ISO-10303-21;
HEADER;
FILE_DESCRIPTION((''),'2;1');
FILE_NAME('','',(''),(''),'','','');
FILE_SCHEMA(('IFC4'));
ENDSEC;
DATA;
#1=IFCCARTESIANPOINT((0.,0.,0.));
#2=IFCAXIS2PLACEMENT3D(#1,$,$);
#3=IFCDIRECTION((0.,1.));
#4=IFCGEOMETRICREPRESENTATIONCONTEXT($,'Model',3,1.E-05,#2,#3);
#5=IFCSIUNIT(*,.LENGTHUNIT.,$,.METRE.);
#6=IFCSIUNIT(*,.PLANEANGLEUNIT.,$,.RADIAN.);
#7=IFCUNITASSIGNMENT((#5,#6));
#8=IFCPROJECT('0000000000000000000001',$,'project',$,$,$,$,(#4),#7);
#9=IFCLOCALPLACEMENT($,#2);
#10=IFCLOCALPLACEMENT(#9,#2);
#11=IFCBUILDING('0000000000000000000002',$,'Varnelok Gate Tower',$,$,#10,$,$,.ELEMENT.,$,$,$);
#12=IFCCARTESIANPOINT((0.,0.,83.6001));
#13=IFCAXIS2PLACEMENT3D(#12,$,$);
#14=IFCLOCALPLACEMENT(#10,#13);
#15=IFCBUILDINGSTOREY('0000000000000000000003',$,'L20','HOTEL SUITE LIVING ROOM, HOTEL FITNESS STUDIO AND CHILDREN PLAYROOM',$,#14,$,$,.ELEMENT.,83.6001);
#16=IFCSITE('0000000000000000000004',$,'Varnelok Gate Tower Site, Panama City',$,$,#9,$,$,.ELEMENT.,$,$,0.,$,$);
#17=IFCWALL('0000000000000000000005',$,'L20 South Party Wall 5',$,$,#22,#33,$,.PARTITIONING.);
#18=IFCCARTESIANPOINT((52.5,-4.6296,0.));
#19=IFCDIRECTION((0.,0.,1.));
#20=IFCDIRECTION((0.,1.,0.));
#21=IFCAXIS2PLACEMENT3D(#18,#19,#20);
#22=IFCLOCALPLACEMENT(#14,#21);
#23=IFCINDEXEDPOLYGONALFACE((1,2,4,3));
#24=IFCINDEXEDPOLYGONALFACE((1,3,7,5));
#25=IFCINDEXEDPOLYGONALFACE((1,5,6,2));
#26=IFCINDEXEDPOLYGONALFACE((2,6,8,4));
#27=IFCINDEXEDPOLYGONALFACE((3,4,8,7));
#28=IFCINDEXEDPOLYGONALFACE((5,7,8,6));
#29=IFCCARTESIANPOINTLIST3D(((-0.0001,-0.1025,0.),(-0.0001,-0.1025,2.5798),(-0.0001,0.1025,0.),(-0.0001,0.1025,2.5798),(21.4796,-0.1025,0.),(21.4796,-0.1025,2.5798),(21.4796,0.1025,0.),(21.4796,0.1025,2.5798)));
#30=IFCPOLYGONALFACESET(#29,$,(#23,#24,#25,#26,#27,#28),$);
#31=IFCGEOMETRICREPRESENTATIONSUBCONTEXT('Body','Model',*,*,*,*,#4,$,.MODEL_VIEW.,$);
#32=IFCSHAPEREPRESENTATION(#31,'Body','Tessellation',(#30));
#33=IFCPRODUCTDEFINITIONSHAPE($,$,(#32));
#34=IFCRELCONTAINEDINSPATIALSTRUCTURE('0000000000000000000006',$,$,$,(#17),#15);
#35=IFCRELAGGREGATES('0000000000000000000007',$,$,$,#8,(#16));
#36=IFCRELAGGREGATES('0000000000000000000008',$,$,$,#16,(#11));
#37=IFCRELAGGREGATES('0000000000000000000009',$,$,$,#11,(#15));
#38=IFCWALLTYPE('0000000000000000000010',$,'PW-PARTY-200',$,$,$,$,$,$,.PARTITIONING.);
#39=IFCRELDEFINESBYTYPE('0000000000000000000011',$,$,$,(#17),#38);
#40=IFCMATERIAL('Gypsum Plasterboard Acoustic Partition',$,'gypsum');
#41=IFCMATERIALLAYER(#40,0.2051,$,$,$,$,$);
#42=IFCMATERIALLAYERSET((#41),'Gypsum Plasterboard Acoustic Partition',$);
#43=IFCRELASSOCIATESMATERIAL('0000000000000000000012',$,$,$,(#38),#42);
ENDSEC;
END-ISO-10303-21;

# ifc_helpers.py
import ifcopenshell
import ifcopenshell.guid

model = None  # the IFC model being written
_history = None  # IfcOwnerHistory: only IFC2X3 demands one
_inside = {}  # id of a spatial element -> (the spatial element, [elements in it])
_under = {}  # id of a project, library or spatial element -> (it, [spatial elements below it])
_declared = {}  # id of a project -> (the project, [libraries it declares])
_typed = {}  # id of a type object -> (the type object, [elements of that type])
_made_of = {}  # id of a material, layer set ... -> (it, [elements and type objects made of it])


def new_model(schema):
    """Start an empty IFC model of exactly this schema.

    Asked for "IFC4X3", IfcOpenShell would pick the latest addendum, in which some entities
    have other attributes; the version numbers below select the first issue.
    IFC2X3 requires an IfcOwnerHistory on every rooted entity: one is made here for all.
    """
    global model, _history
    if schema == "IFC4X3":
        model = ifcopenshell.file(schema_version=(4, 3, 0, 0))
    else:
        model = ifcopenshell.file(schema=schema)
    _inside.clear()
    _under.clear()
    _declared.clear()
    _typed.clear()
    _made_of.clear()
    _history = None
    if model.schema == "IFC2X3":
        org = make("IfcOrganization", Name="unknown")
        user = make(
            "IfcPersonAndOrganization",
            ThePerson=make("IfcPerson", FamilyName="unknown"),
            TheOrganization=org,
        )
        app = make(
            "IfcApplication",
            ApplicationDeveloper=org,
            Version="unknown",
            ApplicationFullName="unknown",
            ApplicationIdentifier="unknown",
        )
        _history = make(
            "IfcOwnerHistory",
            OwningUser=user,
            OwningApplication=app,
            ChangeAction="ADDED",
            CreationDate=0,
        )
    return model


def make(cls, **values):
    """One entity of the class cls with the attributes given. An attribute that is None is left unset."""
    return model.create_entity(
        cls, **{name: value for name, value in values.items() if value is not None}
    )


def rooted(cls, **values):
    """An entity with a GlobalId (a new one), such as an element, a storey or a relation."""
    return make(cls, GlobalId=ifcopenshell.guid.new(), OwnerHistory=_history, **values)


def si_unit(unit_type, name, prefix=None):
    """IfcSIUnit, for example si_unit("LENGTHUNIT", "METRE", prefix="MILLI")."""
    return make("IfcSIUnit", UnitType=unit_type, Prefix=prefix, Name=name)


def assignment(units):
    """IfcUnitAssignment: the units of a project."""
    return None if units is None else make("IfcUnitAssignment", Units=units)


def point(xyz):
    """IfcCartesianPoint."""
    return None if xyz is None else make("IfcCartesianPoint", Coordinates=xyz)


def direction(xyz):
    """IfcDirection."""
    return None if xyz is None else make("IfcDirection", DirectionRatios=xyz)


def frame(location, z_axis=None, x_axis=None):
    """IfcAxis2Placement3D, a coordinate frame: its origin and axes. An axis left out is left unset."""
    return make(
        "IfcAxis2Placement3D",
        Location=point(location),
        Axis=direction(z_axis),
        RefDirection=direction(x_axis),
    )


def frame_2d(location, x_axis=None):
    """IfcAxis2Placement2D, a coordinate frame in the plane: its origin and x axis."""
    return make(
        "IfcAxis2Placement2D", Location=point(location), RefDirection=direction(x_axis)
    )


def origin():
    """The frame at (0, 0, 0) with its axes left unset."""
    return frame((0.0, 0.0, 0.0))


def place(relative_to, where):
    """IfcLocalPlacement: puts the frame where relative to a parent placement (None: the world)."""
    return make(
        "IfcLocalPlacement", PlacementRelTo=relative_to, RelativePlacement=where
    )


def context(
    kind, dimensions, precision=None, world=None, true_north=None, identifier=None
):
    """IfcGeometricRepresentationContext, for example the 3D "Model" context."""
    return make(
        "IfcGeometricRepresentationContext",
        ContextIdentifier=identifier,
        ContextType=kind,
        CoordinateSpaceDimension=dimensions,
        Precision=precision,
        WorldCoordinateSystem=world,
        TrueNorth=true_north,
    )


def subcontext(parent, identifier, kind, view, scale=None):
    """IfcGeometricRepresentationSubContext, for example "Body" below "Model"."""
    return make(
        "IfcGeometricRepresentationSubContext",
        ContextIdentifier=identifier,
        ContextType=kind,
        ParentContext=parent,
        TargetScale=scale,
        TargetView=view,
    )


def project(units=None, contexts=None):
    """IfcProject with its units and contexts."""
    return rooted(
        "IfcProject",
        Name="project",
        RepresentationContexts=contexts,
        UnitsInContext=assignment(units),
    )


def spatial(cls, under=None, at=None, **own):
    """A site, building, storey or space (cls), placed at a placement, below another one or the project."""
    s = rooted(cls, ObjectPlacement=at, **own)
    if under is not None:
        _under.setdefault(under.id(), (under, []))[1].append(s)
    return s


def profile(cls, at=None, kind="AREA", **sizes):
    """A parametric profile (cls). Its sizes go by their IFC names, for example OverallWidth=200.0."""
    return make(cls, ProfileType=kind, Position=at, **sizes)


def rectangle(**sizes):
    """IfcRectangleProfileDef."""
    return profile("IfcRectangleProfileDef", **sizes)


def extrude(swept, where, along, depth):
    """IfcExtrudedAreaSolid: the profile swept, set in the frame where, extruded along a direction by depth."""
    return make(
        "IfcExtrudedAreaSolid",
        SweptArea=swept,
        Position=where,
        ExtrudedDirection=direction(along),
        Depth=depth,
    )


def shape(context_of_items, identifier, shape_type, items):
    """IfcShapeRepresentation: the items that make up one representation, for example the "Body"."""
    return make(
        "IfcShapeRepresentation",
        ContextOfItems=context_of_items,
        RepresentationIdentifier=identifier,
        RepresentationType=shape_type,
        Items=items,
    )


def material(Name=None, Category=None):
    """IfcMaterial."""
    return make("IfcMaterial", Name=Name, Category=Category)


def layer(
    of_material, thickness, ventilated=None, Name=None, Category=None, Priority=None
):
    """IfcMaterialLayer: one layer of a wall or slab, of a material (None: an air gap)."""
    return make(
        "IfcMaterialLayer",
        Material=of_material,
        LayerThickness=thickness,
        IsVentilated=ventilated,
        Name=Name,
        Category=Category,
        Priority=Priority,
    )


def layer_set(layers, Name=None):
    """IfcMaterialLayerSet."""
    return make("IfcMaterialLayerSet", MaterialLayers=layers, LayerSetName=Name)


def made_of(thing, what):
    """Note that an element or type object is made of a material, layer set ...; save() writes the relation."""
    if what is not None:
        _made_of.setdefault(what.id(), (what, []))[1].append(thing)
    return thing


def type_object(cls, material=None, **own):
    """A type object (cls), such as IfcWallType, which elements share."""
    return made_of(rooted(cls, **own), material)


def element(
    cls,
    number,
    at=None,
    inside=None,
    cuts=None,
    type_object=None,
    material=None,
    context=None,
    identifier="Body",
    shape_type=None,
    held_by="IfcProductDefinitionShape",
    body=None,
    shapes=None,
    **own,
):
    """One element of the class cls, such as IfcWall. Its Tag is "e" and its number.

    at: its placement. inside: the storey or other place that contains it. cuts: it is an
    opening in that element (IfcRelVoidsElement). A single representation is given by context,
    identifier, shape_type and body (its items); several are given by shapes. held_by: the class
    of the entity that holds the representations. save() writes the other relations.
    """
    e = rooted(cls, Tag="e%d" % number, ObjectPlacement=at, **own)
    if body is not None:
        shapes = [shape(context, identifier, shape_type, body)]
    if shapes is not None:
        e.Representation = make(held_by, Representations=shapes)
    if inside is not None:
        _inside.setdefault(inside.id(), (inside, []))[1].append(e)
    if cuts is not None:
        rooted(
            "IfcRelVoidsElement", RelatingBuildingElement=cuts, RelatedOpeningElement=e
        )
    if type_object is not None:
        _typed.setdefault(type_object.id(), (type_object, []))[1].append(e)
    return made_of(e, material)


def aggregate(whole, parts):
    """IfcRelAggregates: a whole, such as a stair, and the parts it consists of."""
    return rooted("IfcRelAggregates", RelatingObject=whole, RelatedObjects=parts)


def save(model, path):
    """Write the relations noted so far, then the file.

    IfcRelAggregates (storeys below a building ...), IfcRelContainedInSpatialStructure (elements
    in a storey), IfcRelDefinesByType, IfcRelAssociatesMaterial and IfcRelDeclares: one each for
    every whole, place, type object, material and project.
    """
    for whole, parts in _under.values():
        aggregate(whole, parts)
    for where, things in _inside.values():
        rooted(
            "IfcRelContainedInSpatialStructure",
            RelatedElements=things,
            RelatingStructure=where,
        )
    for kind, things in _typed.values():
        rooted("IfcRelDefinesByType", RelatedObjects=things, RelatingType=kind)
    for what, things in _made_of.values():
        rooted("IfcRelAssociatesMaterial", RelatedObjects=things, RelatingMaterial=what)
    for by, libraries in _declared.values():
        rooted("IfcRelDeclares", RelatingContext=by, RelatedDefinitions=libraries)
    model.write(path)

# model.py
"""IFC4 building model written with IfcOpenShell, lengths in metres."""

from ifc_helpers import new_model, si_unit, direction, frame, frame_2d, origin, place, context, subcontext, project, spatial, rectangle, extrude, material, layer, layer_set, type_object, element, save


model = new_model("IFC4")

# Units and contexts
model_context = context("Model", 3, precision=1e-05, world=origin(), true_north=direction((0.0, 1.0)))
body_context = subcontext(model_context, "Body", "Model", "MODEL_VIEW")
ifc_project = project(units=[si_unit("LENGTHUNIT", "METRE"), si_unit("PLANEANGLEUNIT", "RADIAN")], contexts=[model_context])

# Site, building, storey
site_placement = place(None, origin())
site = spatial("IfcSite", under=ifc_project, at=site_placement, Name="Varnelok Gate Tower Site, Panama City", CompositionType="ELEMENT", RefElevation=0.0)
building_placement = place(site_placement, origin())
building = spatial("IfcBuilding", under=site, at=building_placement, Name="Varnelok Gate Tower", CompositionType="ELEMENT")
storey_placement = place(building_placement, frame((0.0, 0.0, 83.6001)))
storey = spatial("IfcBuildingStorey", under=building, at=storey_placement, Name="L20", Description="HOTEL SUITE LIVING ROOM, HOTEL FITNESS STUDIO AND CHILDREN PLAYROOM", CompositionType="ELEMENT", Elevation=83.6001)

# Shared definitions
ifc_material_1 = material(Name="Gypsum Plasterboard Acoustic Partition", Category="gypsum")

# Wall
ifc_layer_1 = layer(ifc_material_1, 0.2051)
ifc_layer_set_1 = layer_set([ifc_layer_1], Name="Gypsum Plasterboard Acoustic Partition")
wall_type_1 = type_object("IfcWallType", Name="PW-PARTY-200", PredefinedType="PARTITIONING", material=ifc_layer_set_1)
wall_1_placement = place(storey_placement, frame((52.5, -4.6296, 0.0), z_axis=(0.0, 0.0, 1.0), x_axis=(0.0, 1.0, 0.0)))
element("IfcWall", 1, at=wall_1_placement, inside=storey, type_object=wall_type_1, Name="L20 South Party Wall 5", PredefinedType="PARTITIONING", context=body_context, shape_type="SweptSolid", body=[
    extrude(rectangle(XDim=21.4797, YDim=0.2051, at=frame_2d((10.7397, 0.0))), origin(), (0.0, 0.0, 1.0), 2.5798),
])

save(model, "model.ifc")
